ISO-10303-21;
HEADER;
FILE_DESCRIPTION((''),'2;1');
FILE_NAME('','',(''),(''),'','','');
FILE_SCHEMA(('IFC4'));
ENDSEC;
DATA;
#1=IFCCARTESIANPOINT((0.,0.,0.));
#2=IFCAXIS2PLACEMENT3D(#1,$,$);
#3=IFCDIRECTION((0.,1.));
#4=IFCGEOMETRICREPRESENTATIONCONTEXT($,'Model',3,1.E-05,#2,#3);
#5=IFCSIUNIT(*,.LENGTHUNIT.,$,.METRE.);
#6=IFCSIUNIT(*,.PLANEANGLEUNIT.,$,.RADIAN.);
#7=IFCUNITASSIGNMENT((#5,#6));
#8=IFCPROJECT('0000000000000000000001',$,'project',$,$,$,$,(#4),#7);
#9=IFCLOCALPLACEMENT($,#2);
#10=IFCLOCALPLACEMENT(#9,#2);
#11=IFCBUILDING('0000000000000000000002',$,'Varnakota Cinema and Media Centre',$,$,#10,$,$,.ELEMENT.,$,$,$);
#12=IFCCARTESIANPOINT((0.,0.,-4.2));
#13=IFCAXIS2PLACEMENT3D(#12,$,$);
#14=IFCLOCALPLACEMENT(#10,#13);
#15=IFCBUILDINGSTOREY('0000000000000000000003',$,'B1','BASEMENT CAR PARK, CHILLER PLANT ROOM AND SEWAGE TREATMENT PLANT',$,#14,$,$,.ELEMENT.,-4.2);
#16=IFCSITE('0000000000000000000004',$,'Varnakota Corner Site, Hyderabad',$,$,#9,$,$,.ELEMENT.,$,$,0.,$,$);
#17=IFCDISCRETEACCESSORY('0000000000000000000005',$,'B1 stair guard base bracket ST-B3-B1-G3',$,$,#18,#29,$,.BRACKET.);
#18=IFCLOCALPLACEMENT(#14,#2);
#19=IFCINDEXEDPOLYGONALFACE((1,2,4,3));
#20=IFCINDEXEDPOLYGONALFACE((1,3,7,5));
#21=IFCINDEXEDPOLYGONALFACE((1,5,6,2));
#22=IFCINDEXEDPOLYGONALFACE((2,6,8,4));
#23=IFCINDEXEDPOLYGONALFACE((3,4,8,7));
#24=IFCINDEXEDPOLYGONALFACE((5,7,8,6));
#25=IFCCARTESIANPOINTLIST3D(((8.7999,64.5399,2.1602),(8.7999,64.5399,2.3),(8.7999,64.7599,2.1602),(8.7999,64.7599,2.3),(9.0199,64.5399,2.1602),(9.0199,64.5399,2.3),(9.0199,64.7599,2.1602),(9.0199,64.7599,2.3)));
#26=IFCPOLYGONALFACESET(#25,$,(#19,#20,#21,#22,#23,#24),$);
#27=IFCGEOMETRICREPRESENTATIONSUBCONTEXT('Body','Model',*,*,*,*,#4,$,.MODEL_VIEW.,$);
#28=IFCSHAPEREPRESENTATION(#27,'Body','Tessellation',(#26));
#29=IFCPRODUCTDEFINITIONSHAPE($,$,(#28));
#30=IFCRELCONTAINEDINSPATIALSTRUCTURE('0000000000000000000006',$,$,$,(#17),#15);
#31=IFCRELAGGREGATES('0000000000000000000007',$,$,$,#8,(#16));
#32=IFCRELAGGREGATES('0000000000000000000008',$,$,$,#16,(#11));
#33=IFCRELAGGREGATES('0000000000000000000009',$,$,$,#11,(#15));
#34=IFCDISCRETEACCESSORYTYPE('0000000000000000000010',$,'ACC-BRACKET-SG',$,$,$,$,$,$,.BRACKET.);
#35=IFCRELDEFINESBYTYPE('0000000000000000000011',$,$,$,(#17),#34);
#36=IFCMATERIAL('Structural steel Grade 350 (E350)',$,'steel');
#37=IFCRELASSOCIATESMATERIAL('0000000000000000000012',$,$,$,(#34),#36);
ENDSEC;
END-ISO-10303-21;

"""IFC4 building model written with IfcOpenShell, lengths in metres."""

from ifc_helpers import new_model, si_unit, direction, frame, origin, origin_2d, place, context, subcontext, project, spatial, rectangle, extrude, material, type_object, element, save


model = new_model("IFC4")

# Units and contexts
model_context = context("Model", 3, precision=1e-05, world=origin(), true_north=direction((0.0, 1.0)))
body_context = subcontext(model_context, "Body", "Model", "MODEL_VIEW")
ifc_project = project(units=[si_unit("LENGTHUNIT", "METRE"), si_unit("PLANEANGLEUNIT", "RADIAN")], contexts=[model_context])

# Site, building, storey
site_placement = place(None, origin())
site = spatial("IfcSite", under=ifc_project, at=site_placement, Name="Varnakota Corner Site, Hyderabad", CompositionType="ELEMENT", RefElevation=0.0)
building_placement = place(site_placement, origin())
building = spatial("IfcBuilding", under=site, at=building_placement, Name="Varnakota Cinema and Media Centre", CompositionType="ELEMENT")
storey_placement = place(building_placement, frame((0.0, 0.0, -4.2)))
storey = spatial("IfcBuildingStorey", under=building, at=storey_placement, Name="B1", Description="BASEMENT CAR PARK, CHILLER PLANT ROOM AND SEWAGE TREATMENT PLANT", CompositionType="ELEMENT", Elevation=-4.2)

# Discrete accessory
ifc_material_1 = material(Name="Structural steel Grade 350 (E350)", Category="steel")
discrete_accessory_type = type_object("IfcDiscreteAccessoryType", Name="ACC-BRACKET-SG", PredefinedType="BRACKET", material=ifc_material_1)
for number, where, z_axis, x_axis, name in (
    (1, (8.9099, 64.6499, 2.1602), (0.0, 0.0, 1.0), (1.0, 0.0, 0.0), "B1 stair guard base bracket ST-B3-B1-G3"),
):
    element("IfcDiscreteAccessory", number, at=place(storey_placement, frame(where, z_axis=z_axis, x_axis=x_axis)), inside=storey, type_object=discrete_accessory_type, Name=name, PredefinedType="BRACKET", context=body_context, shape_type="SweptSolid", body=[
        extrude(rectangle(XDim=0.22, YDim=0.22, at=origin_2d()), origin(), (0.0, 0.0, 1.0), 0.1399),
    ])

save(model, "model.ifc")
